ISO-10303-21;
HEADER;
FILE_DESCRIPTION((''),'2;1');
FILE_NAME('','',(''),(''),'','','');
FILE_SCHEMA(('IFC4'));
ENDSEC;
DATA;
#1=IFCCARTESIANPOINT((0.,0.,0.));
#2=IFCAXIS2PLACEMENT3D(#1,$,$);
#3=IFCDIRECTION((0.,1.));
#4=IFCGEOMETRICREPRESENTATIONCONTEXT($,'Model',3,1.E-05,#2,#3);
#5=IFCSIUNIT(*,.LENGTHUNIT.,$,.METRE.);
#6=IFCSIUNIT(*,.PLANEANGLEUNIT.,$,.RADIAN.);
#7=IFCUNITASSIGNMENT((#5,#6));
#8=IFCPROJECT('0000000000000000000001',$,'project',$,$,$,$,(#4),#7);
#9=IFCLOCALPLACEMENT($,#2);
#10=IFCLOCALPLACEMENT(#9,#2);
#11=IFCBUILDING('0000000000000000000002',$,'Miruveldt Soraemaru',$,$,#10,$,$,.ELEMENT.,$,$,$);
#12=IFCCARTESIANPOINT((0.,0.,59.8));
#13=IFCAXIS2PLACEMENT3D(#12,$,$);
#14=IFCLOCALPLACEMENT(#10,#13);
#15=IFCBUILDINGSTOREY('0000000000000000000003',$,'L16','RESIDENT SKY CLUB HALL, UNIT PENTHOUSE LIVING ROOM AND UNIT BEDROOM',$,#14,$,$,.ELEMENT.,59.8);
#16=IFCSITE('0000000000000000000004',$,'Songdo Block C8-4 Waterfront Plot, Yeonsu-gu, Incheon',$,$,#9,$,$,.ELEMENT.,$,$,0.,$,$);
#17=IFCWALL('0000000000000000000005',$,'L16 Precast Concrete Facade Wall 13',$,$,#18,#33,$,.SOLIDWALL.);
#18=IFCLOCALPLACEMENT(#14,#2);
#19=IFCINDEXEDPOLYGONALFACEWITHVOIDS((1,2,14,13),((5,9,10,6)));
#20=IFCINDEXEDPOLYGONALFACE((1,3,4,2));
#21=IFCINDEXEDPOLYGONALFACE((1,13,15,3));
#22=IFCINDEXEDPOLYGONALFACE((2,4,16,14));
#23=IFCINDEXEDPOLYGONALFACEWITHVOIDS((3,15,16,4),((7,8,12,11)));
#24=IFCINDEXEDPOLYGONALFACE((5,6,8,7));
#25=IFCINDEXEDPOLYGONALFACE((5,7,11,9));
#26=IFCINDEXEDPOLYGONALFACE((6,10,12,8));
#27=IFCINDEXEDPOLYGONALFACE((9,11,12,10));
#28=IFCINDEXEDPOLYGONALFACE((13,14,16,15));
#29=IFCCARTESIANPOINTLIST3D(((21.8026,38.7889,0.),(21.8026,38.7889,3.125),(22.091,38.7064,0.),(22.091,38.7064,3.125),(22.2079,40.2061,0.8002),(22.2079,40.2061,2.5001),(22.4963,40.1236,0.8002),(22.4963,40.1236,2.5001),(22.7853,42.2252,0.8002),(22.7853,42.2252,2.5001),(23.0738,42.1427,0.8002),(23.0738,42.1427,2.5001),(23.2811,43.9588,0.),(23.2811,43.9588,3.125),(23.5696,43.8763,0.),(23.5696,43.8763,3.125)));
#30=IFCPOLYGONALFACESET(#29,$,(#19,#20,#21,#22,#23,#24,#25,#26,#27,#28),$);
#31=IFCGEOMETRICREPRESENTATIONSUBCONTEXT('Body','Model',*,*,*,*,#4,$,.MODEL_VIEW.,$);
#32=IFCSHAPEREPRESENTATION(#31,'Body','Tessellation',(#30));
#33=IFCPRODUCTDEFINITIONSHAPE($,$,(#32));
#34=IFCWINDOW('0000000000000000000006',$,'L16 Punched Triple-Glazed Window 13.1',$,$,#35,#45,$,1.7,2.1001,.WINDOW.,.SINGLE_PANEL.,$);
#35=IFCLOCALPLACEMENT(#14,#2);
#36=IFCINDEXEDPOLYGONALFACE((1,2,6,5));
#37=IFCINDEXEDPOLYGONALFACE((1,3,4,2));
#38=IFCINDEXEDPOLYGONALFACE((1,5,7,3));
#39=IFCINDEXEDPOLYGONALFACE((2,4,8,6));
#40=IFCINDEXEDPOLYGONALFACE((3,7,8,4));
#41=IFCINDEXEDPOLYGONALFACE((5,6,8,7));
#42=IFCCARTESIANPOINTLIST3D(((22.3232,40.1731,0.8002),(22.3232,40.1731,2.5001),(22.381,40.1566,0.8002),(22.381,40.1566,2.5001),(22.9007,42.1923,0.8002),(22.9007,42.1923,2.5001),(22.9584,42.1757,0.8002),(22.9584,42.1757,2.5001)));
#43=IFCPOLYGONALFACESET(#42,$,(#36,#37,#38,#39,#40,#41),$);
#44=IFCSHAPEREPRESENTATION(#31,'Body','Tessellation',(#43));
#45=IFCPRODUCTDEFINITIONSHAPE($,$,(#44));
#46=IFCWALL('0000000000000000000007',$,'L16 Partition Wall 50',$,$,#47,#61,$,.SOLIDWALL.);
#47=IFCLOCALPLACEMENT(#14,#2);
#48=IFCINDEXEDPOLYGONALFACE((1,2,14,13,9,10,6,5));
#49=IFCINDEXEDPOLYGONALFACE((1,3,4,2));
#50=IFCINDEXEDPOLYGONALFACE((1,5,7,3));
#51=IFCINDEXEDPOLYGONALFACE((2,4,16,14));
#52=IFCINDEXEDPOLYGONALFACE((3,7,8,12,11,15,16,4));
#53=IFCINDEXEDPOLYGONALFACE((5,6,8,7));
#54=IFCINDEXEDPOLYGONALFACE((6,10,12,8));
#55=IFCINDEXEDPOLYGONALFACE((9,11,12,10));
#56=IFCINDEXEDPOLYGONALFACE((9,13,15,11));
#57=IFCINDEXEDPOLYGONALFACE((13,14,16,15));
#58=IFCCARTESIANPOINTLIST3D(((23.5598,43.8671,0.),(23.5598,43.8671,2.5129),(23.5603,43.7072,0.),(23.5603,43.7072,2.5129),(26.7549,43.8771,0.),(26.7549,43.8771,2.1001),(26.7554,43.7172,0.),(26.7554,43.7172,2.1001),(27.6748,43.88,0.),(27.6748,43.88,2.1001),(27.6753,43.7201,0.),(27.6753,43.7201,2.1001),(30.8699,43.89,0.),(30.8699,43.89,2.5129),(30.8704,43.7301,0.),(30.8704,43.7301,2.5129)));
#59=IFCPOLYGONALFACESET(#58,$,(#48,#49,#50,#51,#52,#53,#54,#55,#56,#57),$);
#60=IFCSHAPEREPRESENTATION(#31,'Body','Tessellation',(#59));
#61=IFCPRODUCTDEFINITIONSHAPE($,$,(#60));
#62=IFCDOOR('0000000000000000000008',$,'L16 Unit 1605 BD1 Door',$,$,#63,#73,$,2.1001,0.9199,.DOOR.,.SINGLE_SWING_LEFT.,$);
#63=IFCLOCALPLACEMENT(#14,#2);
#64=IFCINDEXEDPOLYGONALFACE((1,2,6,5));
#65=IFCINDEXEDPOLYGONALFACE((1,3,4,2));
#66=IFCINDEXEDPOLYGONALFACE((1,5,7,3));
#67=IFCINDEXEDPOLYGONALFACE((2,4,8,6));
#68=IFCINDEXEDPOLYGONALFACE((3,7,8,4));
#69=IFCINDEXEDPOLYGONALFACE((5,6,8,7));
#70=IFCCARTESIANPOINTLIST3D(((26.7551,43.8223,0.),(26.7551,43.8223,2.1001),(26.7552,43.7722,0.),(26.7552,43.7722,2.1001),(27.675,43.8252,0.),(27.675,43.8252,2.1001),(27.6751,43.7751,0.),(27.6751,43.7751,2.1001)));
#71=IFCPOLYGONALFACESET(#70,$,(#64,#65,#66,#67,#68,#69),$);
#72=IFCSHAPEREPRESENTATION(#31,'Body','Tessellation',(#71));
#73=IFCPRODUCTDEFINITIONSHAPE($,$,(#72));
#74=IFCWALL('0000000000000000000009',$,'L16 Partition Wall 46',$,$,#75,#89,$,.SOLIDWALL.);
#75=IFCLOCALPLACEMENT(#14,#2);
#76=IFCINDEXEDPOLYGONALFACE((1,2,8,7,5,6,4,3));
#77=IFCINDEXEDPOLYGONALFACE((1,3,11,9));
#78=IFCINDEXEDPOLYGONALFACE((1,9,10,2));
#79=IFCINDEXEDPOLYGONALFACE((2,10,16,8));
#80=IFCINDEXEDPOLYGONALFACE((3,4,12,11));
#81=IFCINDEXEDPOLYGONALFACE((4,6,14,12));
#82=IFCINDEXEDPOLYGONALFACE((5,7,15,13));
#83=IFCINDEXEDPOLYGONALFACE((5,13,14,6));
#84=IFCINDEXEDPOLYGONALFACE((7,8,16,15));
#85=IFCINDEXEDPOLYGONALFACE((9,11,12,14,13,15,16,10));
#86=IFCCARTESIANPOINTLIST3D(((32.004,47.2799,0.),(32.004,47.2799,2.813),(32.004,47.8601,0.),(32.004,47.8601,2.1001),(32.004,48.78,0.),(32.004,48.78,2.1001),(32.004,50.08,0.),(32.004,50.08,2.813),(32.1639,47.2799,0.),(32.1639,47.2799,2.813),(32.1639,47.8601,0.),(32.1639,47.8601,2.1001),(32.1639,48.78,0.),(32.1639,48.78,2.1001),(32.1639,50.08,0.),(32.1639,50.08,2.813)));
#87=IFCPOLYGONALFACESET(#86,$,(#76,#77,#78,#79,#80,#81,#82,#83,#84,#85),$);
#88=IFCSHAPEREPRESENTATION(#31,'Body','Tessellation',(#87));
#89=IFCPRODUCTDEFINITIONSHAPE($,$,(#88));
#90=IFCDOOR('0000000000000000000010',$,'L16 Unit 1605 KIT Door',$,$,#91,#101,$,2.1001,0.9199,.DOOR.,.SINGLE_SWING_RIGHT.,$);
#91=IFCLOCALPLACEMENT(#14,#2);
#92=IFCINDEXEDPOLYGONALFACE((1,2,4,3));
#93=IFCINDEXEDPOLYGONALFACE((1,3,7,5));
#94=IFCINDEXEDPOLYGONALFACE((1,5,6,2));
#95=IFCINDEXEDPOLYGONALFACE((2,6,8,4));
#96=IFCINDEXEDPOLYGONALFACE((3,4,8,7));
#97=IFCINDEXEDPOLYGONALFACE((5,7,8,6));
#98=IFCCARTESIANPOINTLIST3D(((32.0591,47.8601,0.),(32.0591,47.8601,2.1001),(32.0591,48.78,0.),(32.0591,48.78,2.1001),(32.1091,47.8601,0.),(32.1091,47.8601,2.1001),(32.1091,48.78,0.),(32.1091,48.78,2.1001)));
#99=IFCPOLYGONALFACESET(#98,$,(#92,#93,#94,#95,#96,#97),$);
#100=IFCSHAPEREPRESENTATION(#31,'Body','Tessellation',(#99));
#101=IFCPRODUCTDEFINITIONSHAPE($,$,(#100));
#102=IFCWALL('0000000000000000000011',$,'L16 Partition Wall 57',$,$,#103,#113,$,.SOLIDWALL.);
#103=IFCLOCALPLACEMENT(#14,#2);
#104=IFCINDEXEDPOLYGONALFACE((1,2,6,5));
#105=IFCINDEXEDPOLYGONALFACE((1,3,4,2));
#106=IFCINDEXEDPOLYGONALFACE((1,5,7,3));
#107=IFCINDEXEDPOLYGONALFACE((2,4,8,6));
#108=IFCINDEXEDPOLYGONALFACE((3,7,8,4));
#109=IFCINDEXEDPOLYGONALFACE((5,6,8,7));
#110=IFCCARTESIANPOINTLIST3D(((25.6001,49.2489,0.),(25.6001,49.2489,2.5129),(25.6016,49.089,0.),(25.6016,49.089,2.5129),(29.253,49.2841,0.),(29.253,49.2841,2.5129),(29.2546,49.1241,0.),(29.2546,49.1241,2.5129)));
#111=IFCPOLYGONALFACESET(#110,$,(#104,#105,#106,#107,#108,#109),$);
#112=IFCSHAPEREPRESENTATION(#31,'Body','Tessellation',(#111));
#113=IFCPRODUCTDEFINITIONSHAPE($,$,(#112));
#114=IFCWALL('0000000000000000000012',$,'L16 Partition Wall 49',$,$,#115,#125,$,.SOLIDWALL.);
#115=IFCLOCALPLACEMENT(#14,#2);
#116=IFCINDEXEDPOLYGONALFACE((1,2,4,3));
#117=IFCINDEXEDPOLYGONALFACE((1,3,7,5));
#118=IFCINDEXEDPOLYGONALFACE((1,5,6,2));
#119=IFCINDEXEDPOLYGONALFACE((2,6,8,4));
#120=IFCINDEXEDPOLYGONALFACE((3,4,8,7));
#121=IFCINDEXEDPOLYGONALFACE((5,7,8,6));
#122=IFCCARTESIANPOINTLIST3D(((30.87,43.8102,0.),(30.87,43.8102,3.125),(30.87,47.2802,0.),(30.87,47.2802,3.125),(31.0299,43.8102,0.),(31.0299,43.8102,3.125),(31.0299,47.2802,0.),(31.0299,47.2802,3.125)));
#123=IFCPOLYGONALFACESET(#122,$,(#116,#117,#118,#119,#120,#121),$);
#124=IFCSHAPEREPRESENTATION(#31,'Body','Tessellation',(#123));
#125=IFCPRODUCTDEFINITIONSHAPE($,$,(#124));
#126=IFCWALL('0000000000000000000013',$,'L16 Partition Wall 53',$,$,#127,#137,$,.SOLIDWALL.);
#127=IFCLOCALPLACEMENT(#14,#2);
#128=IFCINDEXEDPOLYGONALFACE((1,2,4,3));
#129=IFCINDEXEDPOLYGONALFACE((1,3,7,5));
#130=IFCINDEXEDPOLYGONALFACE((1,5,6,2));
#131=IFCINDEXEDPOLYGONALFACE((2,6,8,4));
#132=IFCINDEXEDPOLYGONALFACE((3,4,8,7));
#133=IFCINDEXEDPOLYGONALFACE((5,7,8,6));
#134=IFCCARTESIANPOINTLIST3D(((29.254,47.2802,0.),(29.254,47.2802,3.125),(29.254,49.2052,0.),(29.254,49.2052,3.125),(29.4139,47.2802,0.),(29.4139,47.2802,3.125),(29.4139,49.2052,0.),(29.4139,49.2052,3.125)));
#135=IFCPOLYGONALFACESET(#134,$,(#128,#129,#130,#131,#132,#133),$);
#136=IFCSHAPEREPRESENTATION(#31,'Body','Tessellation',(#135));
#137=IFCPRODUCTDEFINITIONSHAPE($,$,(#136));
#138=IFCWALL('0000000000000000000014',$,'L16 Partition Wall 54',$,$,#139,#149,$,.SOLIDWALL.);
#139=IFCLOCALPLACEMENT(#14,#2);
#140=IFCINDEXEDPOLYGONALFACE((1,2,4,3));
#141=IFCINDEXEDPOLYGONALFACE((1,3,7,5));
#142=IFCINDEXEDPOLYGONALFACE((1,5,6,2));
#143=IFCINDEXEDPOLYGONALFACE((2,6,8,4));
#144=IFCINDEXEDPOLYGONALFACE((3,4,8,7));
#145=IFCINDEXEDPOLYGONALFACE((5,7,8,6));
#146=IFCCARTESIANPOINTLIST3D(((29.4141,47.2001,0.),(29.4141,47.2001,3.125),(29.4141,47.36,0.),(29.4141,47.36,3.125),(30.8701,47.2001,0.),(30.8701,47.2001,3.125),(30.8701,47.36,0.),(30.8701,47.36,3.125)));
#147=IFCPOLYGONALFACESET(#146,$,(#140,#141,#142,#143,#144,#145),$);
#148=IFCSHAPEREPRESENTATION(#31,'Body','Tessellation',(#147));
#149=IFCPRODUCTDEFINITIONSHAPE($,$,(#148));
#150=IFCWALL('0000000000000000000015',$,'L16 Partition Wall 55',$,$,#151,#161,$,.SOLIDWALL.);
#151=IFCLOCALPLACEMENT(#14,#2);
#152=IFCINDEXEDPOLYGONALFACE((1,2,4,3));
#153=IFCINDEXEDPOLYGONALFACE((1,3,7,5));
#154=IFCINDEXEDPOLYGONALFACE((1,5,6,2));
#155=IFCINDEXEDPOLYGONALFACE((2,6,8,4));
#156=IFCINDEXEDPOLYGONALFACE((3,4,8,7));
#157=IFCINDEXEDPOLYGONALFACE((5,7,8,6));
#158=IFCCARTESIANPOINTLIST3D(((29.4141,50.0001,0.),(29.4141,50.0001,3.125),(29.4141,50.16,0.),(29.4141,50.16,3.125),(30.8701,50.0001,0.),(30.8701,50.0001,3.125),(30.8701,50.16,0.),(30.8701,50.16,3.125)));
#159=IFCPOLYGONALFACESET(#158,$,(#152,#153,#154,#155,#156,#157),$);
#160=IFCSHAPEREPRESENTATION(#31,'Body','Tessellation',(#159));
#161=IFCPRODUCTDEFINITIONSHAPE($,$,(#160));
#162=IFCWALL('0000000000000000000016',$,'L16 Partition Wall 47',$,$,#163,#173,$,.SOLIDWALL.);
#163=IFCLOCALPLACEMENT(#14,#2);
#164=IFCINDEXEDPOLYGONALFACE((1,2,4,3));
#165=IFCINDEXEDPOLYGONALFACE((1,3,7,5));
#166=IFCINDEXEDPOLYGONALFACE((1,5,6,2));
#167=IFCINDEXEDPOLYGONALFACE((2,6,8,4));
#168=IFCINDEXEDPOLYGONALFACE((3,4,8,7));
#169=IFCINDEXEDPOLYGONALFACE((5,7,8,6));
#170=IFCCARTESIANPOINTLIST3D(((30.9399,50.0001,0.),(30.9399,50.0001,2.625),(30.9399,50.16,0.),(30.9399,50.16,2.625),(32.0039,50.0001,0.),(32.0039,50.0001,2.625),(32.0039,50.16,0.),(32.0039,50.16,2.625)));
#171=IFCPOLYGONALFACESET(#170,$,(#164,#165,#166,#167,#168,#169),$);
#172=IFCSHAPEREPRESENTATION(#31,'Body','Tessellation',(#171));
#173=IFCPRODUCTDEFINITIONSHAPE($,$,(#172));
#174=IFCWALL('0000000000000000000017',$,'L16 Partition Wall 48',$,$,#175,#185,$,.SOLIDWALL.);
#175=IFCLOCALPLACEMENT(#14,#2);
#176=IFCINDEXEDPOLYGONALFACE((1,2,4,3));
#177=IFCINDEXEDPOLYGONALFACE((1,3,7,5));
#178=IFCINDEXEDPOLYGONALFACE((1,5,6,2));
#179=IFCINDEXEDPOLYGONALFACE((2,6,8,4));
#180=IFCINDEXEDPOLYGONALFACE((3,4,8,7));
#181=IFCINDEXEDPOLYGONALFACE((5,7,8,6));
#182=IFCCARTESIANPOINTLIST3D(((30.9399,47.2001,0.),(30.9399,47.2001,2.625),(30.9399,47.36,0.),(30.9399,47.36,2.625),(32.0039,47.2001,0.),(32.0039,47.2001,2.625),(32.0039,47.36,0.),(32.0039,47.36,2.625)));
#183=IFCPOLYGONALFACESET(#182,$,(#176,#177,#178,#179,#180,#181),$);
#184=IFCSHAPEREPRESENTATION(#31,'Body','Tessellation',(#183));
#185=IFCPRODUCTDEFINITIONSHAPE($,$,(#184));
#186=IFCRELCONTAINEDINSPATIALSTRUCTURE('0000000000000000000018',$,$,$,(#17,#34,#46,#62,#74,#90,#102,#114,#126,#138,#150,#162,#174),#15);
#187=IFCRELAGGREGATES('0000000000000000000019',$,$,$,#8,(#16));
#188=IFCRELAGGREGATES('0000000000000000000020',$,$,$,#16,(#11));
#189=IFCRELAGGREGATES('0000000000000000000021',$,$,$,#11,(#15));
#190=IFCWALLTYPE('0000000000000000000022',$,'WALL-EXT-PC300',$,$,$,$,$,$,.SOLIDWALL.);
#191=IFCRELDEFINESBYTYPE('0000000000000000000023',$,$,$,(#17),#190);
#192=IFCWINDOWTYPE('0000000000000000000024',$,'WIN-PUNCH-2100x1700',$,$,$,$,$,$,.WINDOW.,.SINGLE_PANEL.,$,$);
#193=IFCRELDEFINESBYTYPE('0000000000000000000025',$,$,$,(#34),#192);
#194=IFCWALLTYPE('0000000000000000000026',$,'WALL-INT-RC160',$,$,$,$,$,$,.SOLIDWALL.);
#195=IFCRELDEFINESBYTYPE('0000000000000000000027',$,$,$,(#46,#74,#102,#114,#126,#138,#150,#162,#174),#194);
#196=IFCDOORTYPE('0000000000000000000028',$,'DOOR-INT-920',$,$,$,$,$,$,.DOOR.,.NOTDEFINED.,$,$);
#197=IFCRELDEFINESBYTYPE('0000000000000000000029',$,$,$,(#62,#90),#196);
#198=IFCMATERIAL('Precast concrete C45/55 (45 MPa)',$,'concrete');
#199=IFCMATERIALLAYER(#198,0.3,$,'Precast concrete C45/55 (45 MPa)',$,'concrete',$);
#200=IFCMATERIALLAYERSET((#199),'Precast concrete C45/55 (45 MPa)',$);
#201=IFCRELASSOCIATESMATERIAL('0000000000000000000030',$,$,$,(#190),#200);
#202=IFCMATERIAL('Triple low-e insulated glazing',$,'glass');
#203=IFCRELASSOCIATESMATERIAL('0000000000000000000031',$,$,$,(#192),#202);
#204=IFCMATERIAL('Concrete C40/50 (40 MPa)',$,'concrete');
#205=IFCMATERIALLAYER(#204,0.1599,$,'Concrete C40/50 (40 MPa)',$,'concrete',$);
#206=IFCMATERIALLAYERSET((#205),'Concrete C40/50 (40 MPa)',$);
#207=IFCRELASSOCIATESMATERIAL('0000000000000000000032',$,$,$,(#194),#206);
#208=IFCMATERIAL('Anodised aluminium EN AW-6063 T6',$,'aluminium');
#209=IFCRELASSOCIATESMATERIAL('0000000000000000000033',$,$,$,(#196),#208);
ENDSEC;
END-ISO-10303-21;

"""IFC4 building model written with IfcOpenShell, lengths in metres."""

from ifc_helpers import new_model, si_unit, direction, frame, frame_2d, origin, place, context, subcontext, project, spatial, rectangle, extrude, material, layer, layer_set, type_object, element, fill, save


model = new_model("IFC4")

# Units and contexts
model_context = context("Model", 3, precision=1e-05, world=origin(), true_north=direction((0.0, 1.0)))
body_context = subcontext(model_context, "Body", "Model", "MODEL_VIEW")
ifc_project = project(units=[si_unit("LENGTHUNIT", "METRE"), si_unit("PLANEANGLEUNIT", "RADIAN")], contexts=[model_context])

# Site, building, storey
site_placement = place(None, origin())
site = spatial("IfcSite", under=ifc_project, at=site_placement, Name="Songdo Block C8-4 Waterfront Plot, Yeonsu-gu, Incheon", CompositionType="ELEMENT", RefElevation=0.0)
building_placement = place(site_placement, origin())
building = spatial("IfcBuilding", under=site, at=building_placement, Name="Miruveldt Soraemaru", CompositionType="ELEMENT")
storey_placement = place(building_placement, frame((0.0, 0.0, 59.8)))
storey = spatial("IfcBuildingStorey", under=building, at=storey_placement, Name="L16", Description="RESIDENT SKY CLUB HALL, UNIT PENTHOUSE LIVING ROOM AND UNIT BEDROOM", CompositionType="ELEMENT", Elevation=59.8)

# Shared definitions
ifc_material_1 = material(Name="Anodised aluminium EN AW-6063 T6", Category="aluminium")

# Wall, opening, window
ifc_material_2 = material(Name="Precast concrete C45/55 (45 MPa)", Category="concrete")
ifc_layer_1 = layer(ifc_material_2, 0.3, Name="Precast concrete C45/55 (45 MPa)", Category="concrete")
ifc_layer_set_1 = layer_set([ifc_layer_1], Name="Precast concrete C45/55 (45 MPa)")
wall_type_1 = type_object("IfcWallType", Name="WALL-EXT-PC300", PredefinedType="SOLIDWALL", material=ifc_layer_set_1)
ifc_material_3 = material(Name="Triple low-e insulated glazing", Category="glass")
window_type = type_object("IfcWindowType", Name="WIN-PUNCH-2100x1700", PartitioningType="SINGLE_PANEL", PredefinedType="WINDOW", material=ifc_material_3)
wall_1_placement = place(storey_placement, frame((23.4253, 43.9175, 0.0), z_axis=(0.0, 0.0, 1.0), x_axis=(-0.274961, -0.961455, 0.0)))
wall_1 = element("IfcWall", 1, at=wall_1_placement, inside=storey, type_object=wall_type_1, Name="L16 Precast Concrete Facade Wall 13", PredefinedType="SOLIDWALL", context=body_context, shape_type="SweptSolid", body=[
    extrude(rectangle(XDim=5.3772, YDim=0.3, at=frame_2d((2.6885, 0.0))), origin(), (0.0, 0.0, 1.0), 3.125),
])
opening_1_placement = place(wall_1_placement, frame((1.803, 0.0, 0.8)))
opening_1 = element("IfcOpeningElement", 2, at=opening_1_placement, cuts=wall_1, PredefinedType="OPENING", context=body_context, shape_type="SweptSolid", body=[
    extrude(rectangle(XDim=2.1001, YDim=1.7, at=frame_2d((1.05, 0.8501))), frame((0.0, 0.1602, 0.0), z_axis=(0.0, -1.0, 0.0), x_axis=(1.0, 0.0, 0.0)), (0.0, 0.0, 1.0), 0.3201),
])
window_1_placement = place(opening_1_placement, origin())
window_1 = element("IfcWindow", 3, at=window_1_placement, inside=storey, type_object=window_type, Name="L16 Punched Triple-Glazed Window 13.1", OverallHeight=1.7, OverallWidth=2.1001, PartitioningType="SINGLE_PANEL", PredefinedType="WINDOW", context=body_context, shape_type="SweptSolid", body=[
    extrude(rectangle(XDim=2.1001, YDim=1.7, at=frame_2d((1.05, 0.8501))), frame((0.0, 0.03, 0.0), z_axis=(0.0, -1.0, 0.0), x_axis=(1.0, 0.0, 0.0)), (0.0, 0.0, 1.0), 0.0601),
])
fill(opening_1, window_1)

# Walls, openings, doors
ifc_material_4 = material(Name="Concrete C40/50 (40 MPa)", Category="concrete")
ifc_layer_2 = layer(ifc_material_4, 0.1599, Name="Concrete C40/50 (40 MPa)", Category="concrete")
ifc_layer_set_2 = layer_set([ifc_layer_2], Name="Concrete C40/50 (40 MPa)")
wall_type_2 = type_object("IfcWallType", Name="WALL-INT-RC160", PredefinedType="SOLIDWALL", material=ifc_layer_set_2)
wall_2_placement = place(storey_placement, frame((30.8701, 43.8101, 0.0), z_axis=(0.0, 0.0, 1.0), x_axis=(-0.999995, -0.003139, 0.0)))
wall_2 = element("IfcWall", 4, at=wall_2_placement, inside=storey, type_object=wall_type_2, Name="L16 Partition Wall 50", PredefinedType="SOLIDWALL", context=body_context, shape_type="SweptSolid", body=[
    extrude(rectangle(XDim=7.3101, YDim=0.1599, at=frame_2d((3.655, 0.0))), origin(), (0.0, 0.0, 1.0), 2.5129),
])
opening_2_placement = place(wall_2_placement, frame((3.1951, 0.0, 0.0)))
opening_2 = element("IfcOpeningElement", 5, at=opening_2_placement, cuts=wall_2, PredefinedType="OPENING", context=body_context, shape_type="SweptSolid", body=[
    extrude(rectangle(XDim=0.9199, YDim=2.1001, at=frame_2d((0.46, 1.05))), frame((0.0, 0.0898, 0.0), z_axis=(0.0, -1.0, 0.0), x_axis=(1.0, 0.0, 0.0)), (0.0, 0.0, 1.0), 0.1799),
])
door_type = type_object("IfcDoorType", Name="DOOR-INT-920", OperationType="NOTDEFINED", PredefinedType="DOOR", material=ifc_material_1)
door_1_placement = place(opening_2_placement, origin())
door_1 = element("IfcDoor", 6, at=door_1_placement, inside=storey, type_object=door_type, Name="L16 Unit 1605 BD1 Door", OperationType="SINGLE_SWING_LEFT", OverallHeight=2.1001, OverallWidth=0.9199, PredefinedType="DOOR", context=body_context, shape_type="SweptSolid", body=[
    extrude(rectangle(XDim=0.9199, YDim=2.1001, at=frame_2d((0.46, 1.05))), frame((0.0, 0.0249, 0.0), z_axis=(0.0, -1.0, 0.0), x_axis=(1.0, 0.0, 0.0)), (0.0, 0.0, 1.0), 0.05),
])
fill(opening_2, door_1)
wall_3_placement = place(storey_placement, frame((32.084, 47.28, 0.0), z_axis=(0.0, 0.0, 1.0), x_axis=(0.0, 1.0, 0.0)))
wall_3 = element("IfcWall", 7, at=wall_3_placement, inside=storey, type_object=wall_type_2, Name="L16 Partition Wall 46", PredefinedType="SOLIDWALL", context=body_context, shape_type="SweptSolid", body=[
    extrude(rectangle(XDim=2.8, YDim=0.1599, at=frame_2d((1.3999, 0.0))), origin(), (0.0, 0.0, 1.0), 2.813),
])
opening_3_placement = place(wall_3_placement, frame((0.5801, 0.0, 0.0)))
opening_3 = element("IfcOpeningElement", 8, at=opening_3_placement, cuts=wall_3, PredefinedType="OPENING", context=body_context, shape_type="SweptSolid", body=[
    extrude(rectangle(XDim=0.9199, YDim=2.1001, at=frame_2d((0.46, 1.05))), frame((0.0, 0.0898, 0.0), z_axis=(0.0, -1.0, 0.0), x_axis=(1.0, 0.0, 0.0)), (0.0, 0.0, 1.0), 0.1799),
])
door_2_placement = place(opening_3_placement, origin())
door_2 = element("IfcDoor", 9, at=door_2_placement, inside=storey, type_object=door_type, Name="L16 Unit 1605 KIT Door", OperationType="SINGLE_SWING_RIGHT", OverallHeight=2.1001, OverallWidth=0.9199, PredefinedType="DOOR", context=body_context, shape_type="SweptSolid", body=[
    extrude(rectangle(XDim=0.9199, YDim=2.1001, at=frame_2d((0.46, 1.05))), frame((0.0, 0.0249, 0.0), z_axis=(0.0, -1.0, 0.0), x_axis=(1.0, 0.0, 0.0)), (0.0, 0.0, 1.0), 0.05),
])
fill(opening_3, door_2)

# Walls
wall_4_placement = place(storey_placement, frame((29.2539, 49.2041, 0.0), z_axis=(0.0, 0.0, 1.0), x_axis=(-0.999954, -0.009624, 0.0)))
element("IfcWall", 10, at=wall_4_placement, inside=storey, type_object=wall_type_2, Name="L16 Partition Wall 57", PredefinedType="SOLIDWALL", context=body_context, shape_type="SweptSolid", body=[
    extrude(rectangle(XDim=3.6531, YDim=0.1599, at=frame_2d((1.8267, 0.0))), origin(), (0.0, 0.0, 1.0), 2.5129),
])
wall_5_placement = place(storey_placement, frame((30.95, 47.28, 0.0), z_axis=(0.0, 0.0, 1.0), x_axis=(0.0, -1.0, 0.0)))
element("IfcWall", 11, at=wall_5_placement, inside=storey, type_object=wall_type_2, Name="L16 Partition Wall 49", PredefinedType="SOLIDWALL", context=body_context, shape_type="SweptSolid", body=[
    extrude(rectangle(XDim=3.47, YDim=0.1599, at=frame_2d((1.7349, 0.0))), origin(), (0.0, 0.0, 1.0), 3.125),
])
wall_6_placement = place(storey_placement, frame((29.334, 49.2051, 0.0), z_axis=(0.0, 0.0, 1.0), x_axis=(0.0, -1.0, 0.0)))
element("IfcWall", 12, at=wall_6_placement, inside=storey, type_object=wall_type_2, Name="L16 Partition Wall 53", PredefinedType="SOLIDWALL", context=body_context, shape_type="SweptSolid", body=[
    extrude(rectangle(XDim=1.925, YDim=0.1599, at=frame_2d((0.9624, 0.0))), origin(), (0.0, 0.0, 1.0), 3.125),
])
for number, where, z_axis, x_axis, name in (
    (13, (29.4141, 47.28, 0.0), (0.0, 0.0, 1.0), (1.0, 0.0, 0.0), "L16 Partition Wall 54"),
    (14, (30.8701, 50.0801, 0.0), (0.0, 0.0, 1.0), (-1.0, 0.0, 0.0), "L16 Partition Wall 55"),
):
    element("IfcWall", number, at=place(storey_placement, frame(where, z_axis=z_axis, x_axis=x_axis)), inside=storey, type_object=wall_type_2, Name=name, PredefinedType="SOLIDWALL", context=body_context, shape_type="SweptSolid", body=[
        extrude(rectangle(XDim=1.4561, YDim=0.1599, at=frame_2d((0.728, 0.0))), origin(), (0.0, 0.0, 1.0), 3.125),
    ])
for number, where, z_axis, x_axis, name in (
    (15, (32.0039, 50.0801, 0.0), (0.0, 0.0, 1.0), (-1.0, 0.0, 0.0), "L16 Partition Wall 47"),
    (16, (30.9399, 47.28, 0.0), (0.0, 0.0, 1.0), (1.0, 0.0, 0.0), "L16 Partition Wall 48"),
):
    element("IfcWall", number, at=place(storey_placement, frame(where, z_axis=z_axis, x_axis=x_axis)), inside=storey, type_object=wall_type_2, Name=name, PredefinedType="SOLIDWALL", context=body_context, shape_type="SweptSolid", body=[
        extrude(rectangle(XDim=1.064, YDim=0.1599, at=frame_2d((0.532, 0.0))), origin(), (0.0, 0.0, 1.0), 2.625),
    ])

save(model, "model.ifc")
